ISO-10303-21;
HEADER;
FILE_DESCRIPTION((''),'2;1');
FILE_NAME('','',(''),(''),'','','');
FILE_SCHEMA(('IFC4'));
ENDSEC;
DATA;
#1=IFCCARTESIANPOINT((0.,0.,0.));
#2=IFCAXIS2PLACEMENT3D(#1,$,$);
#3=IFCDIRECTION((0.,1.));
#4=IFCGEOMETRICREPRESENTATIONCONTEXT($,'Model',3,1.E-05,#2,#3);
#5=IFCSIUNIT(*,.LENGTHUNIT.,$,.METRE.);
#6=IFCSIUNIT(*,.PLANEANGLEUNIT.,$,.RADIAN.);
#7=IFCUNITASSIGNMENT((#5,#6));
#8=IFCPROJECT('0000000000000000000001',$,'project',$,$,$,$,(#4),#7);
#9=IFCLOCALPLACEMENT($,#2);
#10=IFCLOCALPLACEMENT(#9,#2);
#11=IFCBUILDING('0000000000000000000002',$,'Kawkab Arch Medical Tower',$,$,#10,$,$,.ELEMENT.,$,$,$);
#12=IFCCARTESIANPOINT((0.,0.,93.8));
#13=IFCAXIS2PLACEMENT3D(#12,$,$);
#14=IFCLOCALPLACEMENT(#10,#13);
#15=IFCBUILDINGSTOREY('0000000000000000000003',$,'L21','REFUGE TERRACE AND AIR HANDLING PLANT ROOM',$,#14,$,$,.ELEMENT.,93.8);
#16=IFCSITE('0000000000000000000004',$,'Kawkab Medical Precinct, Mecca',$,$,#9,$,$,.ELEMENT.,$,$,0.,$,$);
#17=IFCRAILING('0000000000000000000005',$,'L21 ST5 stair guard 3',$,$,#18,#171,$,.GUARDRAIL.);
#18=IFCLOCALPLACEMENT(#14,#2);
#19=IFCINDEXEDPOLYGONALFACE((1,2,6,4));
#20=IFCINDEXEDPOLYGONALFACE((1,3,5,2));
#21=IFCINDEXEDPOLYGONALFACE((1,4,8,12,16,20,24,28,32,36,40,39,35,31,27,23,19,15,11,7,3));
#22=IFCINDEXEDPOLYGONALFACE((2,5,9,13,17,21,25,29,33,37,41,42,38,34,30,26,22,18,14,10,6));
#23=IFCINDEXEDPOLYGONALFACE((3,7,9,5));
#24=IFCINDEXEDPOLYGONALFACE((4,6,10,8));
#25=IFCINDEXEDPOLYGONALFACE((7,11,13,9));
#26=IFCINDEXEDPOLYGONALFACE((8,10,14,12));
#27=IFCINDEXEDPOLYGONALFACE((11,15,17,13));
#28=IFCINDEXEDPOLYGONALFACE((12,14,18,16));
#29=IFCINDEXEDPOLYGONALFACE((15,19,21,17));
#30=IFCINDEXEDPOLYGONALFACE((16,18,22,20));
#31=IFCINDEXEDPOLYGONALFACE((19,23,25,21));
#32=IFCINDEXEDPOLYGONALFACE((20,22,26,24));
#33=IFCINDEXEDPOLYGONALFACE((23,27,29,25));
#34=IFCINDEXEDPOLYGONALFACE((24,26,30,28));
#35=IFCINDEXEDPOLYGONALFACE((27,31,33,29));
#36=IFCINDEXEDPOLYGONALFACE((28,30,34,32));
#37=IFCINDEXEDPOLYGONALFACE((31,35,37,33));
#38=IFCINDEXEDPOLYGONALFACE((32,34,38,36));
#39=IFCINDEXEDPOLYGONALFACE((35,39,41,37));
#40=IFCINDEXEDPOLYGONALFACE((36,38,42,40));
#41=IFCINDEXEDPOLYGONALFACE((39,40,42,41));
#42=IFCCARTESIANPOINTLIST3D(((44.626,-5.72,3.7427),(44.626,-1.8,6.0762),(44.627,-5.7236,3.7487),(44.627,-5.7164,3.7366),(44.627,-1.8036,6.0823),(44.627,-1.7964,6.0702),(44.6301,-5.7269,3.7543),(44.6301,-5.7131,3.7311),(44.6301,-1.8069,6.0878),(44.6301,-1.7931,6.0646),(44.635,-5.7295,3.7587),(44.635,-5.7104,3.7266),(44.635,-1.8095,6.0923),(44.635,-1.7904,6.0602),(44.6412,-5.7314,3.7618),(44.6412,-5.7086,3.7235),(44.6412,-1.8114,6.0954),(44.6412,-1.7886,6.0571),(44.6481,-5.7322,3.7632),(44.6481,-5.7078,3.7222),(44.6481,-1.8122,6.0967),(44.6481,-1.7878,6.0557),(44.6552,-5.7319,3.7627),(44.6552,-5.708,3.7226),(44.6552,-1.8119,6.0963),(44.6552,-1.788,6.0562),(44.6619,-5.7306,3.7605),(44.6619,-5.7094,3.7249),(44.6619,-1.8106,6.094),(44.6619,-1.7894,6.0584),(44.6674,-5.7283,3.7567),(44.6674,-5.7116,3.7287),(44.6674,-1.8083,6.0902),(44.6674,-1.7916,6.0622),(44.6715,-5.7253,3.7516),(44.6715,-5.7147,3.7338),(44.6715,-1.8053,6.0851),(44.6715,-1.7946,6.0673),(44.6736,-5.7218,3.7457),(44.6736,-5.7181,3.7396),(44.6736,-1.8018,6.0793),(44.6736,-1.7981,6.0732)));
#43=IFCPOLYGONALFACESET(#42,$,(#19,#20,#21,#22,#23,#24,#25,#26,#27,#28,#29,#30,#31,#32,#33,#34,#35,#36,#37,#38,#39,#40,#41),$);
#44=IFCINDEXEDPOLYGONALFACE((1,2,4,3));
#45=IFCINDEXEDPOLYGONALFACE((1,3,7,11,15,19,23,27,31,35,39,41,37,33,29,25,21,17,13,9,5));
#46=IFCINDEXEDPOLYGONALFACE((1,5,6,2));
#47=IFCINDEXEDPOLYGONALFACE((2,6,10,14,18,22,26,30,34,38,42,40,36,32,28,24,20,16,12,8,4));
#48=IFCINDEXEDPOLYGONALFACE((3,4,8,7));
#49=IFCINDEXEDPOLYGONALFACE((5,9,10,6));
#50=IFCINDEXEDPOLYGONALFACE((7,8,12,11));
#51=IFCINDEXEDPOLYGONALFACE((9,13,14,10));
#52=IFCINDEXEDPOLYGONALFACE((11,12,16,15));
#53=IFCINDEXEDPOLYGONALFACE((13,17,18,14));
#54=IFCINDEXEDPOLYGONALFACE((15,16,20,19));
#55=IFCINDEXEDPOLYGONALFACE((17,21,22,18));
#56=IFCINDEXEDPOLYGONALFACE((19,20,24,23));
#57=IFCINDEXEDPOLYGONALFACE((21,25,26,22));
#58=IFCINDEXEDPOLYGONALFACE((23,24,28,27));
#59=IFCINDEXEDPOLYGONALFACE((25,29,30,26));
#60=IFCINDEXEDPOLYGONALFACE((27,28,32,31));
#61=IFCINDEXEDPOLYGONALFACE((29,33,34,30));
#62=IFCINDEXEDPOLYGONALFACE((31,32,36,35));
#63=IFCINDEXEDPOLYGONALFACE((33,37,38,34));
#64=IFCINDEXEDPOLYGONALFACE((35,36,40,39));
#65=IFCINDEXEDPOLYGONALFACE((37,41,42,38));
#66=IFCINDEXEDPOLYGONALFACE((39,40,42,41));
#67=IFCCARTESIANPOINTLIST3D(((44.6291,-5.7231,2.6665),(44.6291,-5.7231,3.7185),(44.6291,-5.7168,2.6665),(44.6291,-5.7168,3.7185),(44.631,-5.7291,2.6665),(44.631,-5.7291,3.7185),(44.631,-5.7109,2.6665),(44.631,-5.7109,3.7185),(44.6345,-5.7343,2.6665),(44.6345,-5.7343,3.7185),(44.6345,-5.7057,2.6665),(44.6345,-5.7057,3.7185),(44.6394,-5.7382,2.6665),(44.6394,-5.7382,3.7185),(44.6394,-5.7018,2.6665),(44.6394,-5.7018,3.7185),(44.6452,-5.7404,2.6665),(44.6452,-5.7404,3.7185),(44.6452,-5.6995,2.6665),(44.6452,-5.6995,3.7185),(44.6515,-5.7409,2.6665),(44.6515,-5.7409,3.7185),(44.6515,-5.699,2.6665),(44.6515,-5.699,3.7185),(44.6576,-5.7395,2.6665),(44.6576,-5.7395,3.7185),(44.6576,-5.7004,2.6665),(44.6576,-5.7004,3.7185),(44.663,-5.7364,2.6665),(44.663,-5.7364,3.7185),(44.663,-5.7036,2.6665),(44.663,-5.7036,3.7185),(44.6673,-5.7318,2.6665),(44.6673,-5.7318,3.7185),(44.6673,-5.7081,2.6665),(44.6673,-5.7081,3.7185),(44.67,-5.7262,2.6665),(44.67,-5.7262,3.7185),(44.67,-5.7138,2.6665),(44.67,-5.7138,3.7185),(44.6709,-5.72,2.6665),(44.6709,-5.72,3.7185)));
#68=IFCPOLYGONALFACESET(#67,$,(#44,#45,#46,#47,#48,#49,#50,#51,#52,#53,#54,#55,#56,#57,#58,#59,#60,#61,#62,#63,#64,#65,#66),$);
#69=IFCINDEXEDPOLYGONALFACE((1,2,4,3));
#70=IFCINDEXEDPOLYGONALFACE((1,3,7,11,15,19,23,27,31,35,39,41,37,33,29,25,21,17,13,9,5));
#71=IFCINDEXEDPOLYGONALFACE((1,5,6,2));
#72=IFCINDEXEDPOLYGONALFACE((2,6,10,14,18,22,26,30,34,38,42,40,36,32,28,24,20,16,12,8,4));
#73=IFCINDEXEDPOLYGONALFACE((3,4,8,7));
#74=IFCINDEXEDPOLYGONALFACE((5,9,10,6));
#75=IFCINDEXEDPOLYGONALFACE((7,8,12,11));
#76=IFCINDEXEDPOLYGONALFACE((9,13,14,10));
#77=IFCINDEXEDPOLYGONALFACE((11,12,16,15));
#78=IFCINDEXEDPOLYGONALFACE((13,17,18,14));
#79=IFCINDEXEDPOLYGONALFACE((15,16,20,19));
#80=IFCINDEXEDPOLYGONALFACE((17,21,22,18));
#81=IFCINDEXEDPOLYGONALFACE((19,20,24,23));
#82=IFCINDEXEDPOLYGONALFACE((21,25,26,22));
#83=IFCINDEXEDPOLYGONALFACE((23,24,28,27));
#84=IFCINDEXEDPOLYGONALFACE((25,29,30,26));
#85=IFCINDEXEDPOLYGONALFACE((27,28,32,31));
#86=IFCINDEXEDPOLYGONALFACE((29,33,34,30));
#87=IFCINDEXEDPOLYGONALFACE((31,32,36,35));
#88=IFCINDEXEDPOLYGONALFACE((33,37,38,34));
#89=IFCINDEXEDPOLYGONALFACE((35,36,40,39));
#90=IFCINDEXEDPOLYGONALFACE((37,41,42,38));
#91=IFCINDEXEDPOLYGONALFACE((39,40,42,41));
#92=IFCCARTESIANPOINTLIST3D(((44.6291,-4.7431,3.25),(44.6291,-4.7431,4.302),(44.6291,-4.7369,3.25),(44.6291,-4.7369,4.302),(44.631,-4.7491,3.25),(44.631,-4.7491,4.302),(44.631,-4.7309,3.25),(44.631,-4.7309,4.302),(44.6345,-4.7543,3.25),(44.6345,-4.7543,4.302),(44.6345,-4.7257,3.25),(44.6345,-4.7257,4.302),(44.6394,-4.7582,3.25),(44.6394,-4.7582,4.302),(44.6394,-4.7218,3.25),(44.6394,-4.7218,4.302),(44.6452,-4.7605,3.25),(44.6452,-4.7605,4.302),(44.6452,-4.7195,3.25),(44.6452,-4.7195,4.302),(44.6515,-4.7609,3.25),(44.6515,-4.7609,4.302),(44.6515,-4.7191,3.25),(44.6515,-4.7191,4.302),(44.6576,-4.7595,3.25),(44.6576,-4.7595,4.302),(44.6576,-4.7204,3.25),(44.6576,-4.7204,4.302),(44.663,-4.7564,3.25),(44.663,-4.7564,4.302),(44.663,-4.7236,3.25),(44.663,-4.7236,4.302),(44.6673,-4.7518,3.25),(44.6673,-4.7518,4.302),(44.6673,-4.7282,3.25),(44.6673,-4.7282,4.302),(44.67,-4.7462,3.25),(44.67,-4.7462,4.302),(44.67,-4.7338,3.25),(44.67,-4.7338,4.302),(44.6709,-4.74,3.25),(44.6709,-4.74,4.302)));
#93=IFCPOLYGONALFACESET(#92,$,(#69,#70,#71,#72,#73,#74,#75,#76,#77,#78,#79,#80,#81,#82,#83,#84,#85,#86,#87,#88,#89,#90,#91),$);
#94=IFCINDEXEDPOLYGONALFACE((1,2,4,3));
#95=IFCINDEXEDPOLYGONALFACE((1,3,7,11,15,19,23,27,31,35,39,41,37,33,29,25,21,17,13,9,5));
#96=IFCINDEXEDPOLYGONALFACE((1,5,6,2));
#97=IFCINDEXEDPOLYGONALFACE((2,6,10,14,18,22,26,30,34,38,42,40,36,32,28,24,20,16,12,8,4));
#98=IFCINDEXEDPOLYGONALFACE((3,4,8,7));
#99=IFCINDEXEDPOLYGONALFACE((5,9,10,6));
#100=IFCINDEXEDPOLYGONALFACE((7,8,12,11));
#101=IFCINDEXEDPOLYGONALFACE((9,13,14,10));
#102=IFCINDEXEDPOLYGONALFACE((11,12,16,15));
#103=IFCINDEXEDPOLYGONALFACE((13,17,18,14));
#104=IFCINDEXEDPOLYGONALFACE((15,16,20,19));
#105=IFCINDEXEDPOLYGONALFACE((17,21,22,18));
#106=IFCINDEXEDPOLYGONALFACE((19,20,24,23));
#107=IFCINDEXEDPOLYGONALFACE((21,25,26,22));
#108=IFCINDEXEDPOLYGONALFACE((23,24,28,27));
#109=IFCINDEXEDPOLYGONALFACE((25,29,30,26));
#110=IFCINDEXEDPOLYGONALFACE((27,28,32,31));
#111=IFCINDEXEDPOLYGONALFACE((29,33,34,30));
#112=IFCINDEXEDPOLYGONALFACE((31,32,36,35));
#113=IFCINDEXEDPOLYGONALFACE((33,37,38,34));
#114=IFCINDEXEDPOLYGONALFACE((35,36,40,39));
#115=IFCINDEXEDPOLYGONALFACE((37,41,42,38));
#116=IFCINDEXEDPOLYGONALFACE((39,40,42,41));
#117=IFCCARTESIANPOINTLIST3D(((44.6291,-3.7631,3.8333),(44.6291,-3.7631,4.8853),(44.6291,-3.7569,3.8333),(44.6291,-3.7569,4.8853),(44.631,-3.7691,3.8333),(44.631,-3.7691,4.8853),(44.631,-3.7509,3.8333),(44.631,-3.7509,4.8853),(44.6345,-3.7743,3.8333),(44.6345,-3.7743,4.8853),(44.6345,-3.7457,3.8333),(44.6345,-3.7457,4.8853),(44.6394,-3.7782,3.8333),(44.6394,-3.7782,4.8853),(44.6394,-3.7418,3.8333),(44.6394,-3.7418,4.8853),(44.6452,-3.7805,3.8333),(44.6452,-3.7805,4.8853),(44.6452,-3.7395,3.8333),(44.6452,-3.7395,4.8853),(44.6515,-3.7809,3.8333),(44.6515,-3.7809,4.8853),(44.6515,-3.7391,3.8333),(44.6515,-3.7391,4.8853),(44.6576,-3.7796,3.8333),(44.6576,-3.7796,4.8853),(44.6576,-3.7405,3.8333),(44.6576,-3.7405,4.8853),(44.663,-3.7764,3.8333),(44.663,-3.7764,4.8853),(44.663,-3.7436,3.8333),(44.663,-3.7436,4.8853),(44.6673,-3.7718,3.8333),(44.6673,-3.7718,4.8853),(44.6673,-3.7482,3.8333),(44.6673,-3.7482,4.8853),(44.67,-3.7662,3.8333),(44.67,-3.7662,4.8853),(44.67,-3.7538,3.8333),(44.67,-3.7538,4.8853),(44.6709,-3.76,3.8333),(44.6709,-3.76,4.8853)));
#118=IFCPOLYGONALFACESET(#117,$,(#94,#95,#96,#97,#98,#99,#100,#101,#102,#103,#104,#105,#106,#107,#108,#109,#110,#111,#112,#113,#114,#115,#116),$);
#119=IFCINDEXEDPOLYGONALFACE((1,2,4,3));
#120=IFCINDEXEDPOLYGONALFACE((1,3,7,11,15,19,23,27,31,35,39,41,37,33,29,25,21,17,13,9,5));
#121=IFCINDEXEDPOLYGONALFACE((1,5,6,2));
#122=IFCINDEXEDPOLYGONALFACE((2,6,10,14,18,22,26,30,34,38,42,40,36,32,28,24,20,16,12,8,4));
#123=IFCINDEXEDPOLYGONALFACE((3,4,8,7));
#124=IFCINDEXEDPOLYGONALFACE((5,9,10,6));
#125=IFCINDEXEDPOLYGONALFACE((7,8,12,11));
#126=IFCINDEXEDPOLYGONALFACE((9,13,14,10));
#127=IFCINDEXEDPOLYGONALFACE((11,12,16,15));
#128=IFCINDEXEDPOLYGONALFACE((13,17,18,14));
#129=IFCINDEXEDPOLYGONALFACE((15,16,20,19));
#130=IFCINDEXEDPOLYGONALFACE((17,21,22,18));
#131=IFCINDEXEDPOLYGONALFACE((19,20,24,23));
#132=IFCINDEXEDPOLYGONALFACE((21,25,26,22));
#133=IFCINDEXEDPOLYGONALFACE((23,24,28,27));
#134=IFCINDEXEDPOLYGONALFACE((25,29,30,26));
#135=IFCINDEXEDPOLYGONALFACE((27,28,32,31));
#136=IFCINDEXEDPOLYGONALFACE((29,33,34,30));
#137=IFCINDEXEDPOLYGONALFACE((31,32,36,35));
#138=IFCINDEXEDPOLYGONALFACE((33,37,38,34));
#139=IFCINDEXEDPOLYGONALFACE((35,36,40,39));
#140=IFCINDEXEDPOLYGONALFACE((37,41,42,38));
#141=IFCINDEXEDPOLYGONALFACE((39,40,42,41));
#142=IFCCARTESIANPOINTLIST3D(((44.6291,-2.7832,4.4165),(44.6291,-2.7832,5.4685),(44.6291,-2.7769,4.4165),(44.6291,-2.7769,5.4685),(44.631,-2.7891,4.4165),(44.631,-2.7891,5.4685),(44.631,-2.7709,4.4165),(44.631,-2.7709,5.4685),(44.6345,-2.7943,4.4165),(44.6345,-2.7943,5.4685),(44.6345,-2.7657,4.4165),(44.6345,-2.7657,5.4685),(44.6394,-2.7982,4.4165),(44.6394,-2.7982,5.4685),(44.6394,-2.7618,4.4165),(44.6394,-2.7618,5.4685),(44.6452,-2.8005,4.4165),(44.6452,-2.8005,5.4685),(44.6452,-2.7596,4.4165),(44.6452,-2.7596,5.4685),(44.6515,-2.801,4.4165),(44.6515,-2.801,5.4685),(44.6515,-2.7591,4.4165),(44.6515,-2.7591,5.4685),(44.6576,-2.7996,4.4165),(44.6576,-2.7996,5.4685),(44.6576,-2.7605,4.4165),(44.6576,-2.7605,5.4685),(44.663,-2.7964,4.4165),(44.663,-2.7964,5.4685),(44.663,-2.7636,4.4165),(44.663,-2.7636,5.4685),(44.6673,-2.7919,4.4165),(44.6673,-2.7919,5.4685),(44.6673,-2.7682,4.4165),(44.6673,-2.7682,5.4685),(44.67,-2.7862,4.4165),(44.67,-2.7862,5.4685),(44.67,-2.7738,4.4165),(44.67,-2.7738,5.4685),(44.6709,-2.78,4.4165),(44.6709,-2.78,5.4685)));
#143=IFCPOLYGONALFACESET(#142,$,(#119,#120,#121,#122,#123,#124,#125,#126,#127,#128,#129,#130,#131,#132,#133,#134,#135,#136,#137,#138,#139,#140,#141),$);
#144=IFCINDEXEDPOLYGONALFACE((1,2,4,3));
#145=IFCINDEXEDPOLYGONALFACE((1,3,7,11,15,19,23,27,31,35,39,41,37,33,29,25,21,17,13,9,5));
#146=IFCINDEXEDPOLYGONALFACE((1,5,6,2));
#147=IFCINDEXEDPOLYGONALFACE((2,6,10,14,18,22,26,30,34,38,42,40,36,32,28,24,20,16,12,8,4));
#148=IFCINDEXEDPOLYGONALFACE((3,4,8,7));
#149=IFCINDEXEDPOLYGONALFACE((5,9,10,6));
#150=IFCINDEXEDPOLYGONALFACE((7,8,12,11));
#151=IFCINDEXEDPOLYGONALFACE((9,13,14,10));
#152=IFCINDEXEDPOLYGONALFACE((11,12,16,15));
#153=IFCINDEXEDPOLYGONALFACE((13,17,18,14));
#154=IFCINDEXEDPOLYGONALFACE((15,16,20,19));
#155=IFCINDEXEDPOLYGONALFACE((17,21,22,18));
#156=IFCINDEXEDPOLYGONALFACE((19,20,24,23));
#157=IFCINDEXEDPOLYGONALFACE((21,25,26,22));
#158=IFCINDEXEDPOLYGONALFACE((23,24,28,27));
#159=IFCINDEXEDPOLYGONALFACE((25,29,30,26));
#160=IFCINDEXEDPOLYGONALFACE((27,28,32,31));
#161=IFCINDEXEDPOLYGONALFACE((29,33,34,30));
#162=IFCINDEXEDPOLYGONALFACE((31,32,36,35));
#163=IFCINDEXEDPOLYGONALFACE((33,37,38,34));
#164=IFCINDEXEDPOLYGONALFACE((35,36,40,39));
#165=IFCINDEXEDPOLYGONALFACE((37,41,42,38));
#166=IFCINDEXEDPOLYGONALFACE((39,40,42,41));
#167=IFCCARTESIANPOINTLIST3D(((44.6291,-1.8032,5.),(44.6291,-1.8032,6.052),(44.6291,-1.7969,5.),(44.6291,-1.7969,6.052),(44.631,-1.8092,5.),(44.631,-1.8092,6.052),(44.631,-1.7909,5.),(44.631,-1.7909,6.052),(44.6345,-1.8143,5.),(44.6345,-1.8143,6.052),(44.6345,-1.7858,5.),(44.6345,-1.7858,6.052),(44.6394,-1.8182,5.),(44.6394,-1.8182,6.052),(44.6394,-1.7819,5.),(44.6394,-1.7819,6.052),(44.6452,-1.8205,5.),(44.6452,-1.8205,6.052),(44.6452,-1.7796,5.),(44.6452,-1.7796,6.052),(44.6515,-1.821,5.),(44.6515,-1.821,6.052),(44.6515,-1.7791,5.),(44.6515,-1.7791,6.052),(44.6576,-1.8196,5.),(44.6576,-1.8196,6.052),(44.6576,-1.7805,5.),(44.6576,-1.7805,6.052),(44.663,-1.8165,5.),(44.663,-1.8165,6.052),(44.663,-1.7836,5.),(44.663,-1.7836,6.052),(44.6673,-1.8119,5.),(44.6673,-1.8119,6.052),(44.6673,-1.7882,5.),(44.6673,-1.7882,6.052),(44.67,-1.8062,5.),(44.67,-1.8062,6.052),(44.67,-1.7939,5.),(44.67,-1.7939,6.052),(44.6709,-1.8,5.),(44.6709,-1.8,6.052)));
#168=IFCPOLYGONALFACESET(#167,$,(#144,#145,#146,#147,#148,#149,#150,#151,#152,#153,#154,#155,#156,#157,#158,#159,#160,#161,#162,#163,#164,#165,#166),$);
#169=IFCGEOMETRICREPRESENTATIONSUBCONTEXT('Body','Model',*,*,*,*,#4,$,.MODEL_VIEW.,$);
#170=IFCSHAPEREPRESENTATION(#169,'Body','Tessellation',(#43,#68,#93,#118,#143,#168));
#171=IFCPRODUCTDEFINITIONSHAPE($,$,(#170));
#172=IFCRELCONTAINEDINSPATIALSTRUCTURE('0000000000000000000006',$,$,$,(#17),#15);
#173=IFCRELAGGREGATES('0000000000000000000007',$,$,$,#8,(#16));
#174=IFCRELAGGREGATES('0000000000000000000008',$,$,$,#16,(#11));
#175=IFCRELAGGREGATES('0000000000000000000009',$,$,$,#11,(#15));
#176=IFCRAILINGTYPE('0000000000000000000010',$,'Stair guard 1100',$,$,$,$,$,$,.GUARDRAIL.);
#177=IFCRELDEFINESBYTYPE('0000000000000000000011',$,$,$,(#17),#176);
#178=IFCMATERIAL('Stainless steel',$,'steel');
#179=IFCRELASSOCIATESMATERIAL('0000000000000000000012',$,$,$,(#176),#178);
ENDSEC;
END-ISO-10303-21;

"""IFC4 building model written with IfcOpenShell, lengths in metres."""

from ifc_helpers import new_model, si_unit, direction, frame, origin, origin_2d, place, context, subcontext, project, spatial, circle, extrude, material, type_object, element, save


model = new_model("IFC4")

# Units and contexts
model_context = context("Model", 3, precision=1e-05, world=origin(), true_north=direction((0.0, 1.0)))
body_context = subcontext(model_context, "Body", "Model", "MODEL_VIEW")
ifc_project = project(units=[si_unit("LENGTHUNIT", "METRE"), si_unit("PLANEANGLEUNIT", "RADIAN")], contexts=[model_context])

# Site, building, storey
site_placement = place(None, origin())
site = spatial("IfcSite", under=ifc_project, at=site_placement, Name="Kawkab Medical Precinct, Mecca", CompositionType="ELEMENT", RefElevation=0.0)
building_placement = place(site_placement, origin())
building = spatial("IfcBuilding", under=site, at=building_placement, Name="Kawkab Arch Medical Tower", CompositionType="ELEMENT")
storey_placement = place(building_placement, frame((0.0, 0.0, 93.8)))
storey = spatial("IfcBuildingStorey", under=building, at=storey_placement, Name="L21", Description="REFUGE TERRACE AND AIR HANDLING PLANT ROOM", CompositionType="ELEMENT", Elevation=93.8)

# Railing
ifc_material_1 = material(Name="Stainless steel", Category="steel")
railing_type = type_object("IfcRailingType", Name="Stair guard 1100", PredefinedType="GUARDRAIL", material=ifc_material_1)
railing_1_placement = place(storey_placement, frame((44.6499, -5.72, 2.6665)))
element("IfcRailing", 1, at=railing_1_placement, inside=storey, type_object=railing_type, Name="L21 ST5 stair guard 3", PredefinedType="GUARDRAIL", context=body_context, shape_type="SweptSolid", body=[
    extrude(circle(Radius=0.0239, at=origin_2d()), frame((0.0, 0.0, 1.0762), z_axis=(0.0, 0.859273, 0.511518), x_axis=(-1.0, 0.0, 0.0)), (0.0, 0.0, 1.0), 4.562),
    extrude(circle(Radius=0.021, at=origin_2d()), origin(), (0.0, 0.0, 1.0), 1.052),
    extrude(circle(Radius=0.021, at=origin_2d()), frame((0.0, 0.98, 0.5835)), (0.0, 0.0, 1.0), 1.052),
    extrude(circle(Radius=0.021, at=origin_2d()), frame((0.0, 1.96, 1.1667)), (0.0, 0.0, 1.0), 1.052),
    extrude(circle(Radius=0.021, at=origin_2d()), frame((0.0, 2.9399, 1.75)), (0.0, 0.0, 1.0), 1.052),
    extrude(circle(Radius=0.021, at=origin_2d()), frame((0.0, 3.9199, 2.3335)), (0.0, 0.0, 1.0), 1.052),
])

save(model, "model.ifc")
